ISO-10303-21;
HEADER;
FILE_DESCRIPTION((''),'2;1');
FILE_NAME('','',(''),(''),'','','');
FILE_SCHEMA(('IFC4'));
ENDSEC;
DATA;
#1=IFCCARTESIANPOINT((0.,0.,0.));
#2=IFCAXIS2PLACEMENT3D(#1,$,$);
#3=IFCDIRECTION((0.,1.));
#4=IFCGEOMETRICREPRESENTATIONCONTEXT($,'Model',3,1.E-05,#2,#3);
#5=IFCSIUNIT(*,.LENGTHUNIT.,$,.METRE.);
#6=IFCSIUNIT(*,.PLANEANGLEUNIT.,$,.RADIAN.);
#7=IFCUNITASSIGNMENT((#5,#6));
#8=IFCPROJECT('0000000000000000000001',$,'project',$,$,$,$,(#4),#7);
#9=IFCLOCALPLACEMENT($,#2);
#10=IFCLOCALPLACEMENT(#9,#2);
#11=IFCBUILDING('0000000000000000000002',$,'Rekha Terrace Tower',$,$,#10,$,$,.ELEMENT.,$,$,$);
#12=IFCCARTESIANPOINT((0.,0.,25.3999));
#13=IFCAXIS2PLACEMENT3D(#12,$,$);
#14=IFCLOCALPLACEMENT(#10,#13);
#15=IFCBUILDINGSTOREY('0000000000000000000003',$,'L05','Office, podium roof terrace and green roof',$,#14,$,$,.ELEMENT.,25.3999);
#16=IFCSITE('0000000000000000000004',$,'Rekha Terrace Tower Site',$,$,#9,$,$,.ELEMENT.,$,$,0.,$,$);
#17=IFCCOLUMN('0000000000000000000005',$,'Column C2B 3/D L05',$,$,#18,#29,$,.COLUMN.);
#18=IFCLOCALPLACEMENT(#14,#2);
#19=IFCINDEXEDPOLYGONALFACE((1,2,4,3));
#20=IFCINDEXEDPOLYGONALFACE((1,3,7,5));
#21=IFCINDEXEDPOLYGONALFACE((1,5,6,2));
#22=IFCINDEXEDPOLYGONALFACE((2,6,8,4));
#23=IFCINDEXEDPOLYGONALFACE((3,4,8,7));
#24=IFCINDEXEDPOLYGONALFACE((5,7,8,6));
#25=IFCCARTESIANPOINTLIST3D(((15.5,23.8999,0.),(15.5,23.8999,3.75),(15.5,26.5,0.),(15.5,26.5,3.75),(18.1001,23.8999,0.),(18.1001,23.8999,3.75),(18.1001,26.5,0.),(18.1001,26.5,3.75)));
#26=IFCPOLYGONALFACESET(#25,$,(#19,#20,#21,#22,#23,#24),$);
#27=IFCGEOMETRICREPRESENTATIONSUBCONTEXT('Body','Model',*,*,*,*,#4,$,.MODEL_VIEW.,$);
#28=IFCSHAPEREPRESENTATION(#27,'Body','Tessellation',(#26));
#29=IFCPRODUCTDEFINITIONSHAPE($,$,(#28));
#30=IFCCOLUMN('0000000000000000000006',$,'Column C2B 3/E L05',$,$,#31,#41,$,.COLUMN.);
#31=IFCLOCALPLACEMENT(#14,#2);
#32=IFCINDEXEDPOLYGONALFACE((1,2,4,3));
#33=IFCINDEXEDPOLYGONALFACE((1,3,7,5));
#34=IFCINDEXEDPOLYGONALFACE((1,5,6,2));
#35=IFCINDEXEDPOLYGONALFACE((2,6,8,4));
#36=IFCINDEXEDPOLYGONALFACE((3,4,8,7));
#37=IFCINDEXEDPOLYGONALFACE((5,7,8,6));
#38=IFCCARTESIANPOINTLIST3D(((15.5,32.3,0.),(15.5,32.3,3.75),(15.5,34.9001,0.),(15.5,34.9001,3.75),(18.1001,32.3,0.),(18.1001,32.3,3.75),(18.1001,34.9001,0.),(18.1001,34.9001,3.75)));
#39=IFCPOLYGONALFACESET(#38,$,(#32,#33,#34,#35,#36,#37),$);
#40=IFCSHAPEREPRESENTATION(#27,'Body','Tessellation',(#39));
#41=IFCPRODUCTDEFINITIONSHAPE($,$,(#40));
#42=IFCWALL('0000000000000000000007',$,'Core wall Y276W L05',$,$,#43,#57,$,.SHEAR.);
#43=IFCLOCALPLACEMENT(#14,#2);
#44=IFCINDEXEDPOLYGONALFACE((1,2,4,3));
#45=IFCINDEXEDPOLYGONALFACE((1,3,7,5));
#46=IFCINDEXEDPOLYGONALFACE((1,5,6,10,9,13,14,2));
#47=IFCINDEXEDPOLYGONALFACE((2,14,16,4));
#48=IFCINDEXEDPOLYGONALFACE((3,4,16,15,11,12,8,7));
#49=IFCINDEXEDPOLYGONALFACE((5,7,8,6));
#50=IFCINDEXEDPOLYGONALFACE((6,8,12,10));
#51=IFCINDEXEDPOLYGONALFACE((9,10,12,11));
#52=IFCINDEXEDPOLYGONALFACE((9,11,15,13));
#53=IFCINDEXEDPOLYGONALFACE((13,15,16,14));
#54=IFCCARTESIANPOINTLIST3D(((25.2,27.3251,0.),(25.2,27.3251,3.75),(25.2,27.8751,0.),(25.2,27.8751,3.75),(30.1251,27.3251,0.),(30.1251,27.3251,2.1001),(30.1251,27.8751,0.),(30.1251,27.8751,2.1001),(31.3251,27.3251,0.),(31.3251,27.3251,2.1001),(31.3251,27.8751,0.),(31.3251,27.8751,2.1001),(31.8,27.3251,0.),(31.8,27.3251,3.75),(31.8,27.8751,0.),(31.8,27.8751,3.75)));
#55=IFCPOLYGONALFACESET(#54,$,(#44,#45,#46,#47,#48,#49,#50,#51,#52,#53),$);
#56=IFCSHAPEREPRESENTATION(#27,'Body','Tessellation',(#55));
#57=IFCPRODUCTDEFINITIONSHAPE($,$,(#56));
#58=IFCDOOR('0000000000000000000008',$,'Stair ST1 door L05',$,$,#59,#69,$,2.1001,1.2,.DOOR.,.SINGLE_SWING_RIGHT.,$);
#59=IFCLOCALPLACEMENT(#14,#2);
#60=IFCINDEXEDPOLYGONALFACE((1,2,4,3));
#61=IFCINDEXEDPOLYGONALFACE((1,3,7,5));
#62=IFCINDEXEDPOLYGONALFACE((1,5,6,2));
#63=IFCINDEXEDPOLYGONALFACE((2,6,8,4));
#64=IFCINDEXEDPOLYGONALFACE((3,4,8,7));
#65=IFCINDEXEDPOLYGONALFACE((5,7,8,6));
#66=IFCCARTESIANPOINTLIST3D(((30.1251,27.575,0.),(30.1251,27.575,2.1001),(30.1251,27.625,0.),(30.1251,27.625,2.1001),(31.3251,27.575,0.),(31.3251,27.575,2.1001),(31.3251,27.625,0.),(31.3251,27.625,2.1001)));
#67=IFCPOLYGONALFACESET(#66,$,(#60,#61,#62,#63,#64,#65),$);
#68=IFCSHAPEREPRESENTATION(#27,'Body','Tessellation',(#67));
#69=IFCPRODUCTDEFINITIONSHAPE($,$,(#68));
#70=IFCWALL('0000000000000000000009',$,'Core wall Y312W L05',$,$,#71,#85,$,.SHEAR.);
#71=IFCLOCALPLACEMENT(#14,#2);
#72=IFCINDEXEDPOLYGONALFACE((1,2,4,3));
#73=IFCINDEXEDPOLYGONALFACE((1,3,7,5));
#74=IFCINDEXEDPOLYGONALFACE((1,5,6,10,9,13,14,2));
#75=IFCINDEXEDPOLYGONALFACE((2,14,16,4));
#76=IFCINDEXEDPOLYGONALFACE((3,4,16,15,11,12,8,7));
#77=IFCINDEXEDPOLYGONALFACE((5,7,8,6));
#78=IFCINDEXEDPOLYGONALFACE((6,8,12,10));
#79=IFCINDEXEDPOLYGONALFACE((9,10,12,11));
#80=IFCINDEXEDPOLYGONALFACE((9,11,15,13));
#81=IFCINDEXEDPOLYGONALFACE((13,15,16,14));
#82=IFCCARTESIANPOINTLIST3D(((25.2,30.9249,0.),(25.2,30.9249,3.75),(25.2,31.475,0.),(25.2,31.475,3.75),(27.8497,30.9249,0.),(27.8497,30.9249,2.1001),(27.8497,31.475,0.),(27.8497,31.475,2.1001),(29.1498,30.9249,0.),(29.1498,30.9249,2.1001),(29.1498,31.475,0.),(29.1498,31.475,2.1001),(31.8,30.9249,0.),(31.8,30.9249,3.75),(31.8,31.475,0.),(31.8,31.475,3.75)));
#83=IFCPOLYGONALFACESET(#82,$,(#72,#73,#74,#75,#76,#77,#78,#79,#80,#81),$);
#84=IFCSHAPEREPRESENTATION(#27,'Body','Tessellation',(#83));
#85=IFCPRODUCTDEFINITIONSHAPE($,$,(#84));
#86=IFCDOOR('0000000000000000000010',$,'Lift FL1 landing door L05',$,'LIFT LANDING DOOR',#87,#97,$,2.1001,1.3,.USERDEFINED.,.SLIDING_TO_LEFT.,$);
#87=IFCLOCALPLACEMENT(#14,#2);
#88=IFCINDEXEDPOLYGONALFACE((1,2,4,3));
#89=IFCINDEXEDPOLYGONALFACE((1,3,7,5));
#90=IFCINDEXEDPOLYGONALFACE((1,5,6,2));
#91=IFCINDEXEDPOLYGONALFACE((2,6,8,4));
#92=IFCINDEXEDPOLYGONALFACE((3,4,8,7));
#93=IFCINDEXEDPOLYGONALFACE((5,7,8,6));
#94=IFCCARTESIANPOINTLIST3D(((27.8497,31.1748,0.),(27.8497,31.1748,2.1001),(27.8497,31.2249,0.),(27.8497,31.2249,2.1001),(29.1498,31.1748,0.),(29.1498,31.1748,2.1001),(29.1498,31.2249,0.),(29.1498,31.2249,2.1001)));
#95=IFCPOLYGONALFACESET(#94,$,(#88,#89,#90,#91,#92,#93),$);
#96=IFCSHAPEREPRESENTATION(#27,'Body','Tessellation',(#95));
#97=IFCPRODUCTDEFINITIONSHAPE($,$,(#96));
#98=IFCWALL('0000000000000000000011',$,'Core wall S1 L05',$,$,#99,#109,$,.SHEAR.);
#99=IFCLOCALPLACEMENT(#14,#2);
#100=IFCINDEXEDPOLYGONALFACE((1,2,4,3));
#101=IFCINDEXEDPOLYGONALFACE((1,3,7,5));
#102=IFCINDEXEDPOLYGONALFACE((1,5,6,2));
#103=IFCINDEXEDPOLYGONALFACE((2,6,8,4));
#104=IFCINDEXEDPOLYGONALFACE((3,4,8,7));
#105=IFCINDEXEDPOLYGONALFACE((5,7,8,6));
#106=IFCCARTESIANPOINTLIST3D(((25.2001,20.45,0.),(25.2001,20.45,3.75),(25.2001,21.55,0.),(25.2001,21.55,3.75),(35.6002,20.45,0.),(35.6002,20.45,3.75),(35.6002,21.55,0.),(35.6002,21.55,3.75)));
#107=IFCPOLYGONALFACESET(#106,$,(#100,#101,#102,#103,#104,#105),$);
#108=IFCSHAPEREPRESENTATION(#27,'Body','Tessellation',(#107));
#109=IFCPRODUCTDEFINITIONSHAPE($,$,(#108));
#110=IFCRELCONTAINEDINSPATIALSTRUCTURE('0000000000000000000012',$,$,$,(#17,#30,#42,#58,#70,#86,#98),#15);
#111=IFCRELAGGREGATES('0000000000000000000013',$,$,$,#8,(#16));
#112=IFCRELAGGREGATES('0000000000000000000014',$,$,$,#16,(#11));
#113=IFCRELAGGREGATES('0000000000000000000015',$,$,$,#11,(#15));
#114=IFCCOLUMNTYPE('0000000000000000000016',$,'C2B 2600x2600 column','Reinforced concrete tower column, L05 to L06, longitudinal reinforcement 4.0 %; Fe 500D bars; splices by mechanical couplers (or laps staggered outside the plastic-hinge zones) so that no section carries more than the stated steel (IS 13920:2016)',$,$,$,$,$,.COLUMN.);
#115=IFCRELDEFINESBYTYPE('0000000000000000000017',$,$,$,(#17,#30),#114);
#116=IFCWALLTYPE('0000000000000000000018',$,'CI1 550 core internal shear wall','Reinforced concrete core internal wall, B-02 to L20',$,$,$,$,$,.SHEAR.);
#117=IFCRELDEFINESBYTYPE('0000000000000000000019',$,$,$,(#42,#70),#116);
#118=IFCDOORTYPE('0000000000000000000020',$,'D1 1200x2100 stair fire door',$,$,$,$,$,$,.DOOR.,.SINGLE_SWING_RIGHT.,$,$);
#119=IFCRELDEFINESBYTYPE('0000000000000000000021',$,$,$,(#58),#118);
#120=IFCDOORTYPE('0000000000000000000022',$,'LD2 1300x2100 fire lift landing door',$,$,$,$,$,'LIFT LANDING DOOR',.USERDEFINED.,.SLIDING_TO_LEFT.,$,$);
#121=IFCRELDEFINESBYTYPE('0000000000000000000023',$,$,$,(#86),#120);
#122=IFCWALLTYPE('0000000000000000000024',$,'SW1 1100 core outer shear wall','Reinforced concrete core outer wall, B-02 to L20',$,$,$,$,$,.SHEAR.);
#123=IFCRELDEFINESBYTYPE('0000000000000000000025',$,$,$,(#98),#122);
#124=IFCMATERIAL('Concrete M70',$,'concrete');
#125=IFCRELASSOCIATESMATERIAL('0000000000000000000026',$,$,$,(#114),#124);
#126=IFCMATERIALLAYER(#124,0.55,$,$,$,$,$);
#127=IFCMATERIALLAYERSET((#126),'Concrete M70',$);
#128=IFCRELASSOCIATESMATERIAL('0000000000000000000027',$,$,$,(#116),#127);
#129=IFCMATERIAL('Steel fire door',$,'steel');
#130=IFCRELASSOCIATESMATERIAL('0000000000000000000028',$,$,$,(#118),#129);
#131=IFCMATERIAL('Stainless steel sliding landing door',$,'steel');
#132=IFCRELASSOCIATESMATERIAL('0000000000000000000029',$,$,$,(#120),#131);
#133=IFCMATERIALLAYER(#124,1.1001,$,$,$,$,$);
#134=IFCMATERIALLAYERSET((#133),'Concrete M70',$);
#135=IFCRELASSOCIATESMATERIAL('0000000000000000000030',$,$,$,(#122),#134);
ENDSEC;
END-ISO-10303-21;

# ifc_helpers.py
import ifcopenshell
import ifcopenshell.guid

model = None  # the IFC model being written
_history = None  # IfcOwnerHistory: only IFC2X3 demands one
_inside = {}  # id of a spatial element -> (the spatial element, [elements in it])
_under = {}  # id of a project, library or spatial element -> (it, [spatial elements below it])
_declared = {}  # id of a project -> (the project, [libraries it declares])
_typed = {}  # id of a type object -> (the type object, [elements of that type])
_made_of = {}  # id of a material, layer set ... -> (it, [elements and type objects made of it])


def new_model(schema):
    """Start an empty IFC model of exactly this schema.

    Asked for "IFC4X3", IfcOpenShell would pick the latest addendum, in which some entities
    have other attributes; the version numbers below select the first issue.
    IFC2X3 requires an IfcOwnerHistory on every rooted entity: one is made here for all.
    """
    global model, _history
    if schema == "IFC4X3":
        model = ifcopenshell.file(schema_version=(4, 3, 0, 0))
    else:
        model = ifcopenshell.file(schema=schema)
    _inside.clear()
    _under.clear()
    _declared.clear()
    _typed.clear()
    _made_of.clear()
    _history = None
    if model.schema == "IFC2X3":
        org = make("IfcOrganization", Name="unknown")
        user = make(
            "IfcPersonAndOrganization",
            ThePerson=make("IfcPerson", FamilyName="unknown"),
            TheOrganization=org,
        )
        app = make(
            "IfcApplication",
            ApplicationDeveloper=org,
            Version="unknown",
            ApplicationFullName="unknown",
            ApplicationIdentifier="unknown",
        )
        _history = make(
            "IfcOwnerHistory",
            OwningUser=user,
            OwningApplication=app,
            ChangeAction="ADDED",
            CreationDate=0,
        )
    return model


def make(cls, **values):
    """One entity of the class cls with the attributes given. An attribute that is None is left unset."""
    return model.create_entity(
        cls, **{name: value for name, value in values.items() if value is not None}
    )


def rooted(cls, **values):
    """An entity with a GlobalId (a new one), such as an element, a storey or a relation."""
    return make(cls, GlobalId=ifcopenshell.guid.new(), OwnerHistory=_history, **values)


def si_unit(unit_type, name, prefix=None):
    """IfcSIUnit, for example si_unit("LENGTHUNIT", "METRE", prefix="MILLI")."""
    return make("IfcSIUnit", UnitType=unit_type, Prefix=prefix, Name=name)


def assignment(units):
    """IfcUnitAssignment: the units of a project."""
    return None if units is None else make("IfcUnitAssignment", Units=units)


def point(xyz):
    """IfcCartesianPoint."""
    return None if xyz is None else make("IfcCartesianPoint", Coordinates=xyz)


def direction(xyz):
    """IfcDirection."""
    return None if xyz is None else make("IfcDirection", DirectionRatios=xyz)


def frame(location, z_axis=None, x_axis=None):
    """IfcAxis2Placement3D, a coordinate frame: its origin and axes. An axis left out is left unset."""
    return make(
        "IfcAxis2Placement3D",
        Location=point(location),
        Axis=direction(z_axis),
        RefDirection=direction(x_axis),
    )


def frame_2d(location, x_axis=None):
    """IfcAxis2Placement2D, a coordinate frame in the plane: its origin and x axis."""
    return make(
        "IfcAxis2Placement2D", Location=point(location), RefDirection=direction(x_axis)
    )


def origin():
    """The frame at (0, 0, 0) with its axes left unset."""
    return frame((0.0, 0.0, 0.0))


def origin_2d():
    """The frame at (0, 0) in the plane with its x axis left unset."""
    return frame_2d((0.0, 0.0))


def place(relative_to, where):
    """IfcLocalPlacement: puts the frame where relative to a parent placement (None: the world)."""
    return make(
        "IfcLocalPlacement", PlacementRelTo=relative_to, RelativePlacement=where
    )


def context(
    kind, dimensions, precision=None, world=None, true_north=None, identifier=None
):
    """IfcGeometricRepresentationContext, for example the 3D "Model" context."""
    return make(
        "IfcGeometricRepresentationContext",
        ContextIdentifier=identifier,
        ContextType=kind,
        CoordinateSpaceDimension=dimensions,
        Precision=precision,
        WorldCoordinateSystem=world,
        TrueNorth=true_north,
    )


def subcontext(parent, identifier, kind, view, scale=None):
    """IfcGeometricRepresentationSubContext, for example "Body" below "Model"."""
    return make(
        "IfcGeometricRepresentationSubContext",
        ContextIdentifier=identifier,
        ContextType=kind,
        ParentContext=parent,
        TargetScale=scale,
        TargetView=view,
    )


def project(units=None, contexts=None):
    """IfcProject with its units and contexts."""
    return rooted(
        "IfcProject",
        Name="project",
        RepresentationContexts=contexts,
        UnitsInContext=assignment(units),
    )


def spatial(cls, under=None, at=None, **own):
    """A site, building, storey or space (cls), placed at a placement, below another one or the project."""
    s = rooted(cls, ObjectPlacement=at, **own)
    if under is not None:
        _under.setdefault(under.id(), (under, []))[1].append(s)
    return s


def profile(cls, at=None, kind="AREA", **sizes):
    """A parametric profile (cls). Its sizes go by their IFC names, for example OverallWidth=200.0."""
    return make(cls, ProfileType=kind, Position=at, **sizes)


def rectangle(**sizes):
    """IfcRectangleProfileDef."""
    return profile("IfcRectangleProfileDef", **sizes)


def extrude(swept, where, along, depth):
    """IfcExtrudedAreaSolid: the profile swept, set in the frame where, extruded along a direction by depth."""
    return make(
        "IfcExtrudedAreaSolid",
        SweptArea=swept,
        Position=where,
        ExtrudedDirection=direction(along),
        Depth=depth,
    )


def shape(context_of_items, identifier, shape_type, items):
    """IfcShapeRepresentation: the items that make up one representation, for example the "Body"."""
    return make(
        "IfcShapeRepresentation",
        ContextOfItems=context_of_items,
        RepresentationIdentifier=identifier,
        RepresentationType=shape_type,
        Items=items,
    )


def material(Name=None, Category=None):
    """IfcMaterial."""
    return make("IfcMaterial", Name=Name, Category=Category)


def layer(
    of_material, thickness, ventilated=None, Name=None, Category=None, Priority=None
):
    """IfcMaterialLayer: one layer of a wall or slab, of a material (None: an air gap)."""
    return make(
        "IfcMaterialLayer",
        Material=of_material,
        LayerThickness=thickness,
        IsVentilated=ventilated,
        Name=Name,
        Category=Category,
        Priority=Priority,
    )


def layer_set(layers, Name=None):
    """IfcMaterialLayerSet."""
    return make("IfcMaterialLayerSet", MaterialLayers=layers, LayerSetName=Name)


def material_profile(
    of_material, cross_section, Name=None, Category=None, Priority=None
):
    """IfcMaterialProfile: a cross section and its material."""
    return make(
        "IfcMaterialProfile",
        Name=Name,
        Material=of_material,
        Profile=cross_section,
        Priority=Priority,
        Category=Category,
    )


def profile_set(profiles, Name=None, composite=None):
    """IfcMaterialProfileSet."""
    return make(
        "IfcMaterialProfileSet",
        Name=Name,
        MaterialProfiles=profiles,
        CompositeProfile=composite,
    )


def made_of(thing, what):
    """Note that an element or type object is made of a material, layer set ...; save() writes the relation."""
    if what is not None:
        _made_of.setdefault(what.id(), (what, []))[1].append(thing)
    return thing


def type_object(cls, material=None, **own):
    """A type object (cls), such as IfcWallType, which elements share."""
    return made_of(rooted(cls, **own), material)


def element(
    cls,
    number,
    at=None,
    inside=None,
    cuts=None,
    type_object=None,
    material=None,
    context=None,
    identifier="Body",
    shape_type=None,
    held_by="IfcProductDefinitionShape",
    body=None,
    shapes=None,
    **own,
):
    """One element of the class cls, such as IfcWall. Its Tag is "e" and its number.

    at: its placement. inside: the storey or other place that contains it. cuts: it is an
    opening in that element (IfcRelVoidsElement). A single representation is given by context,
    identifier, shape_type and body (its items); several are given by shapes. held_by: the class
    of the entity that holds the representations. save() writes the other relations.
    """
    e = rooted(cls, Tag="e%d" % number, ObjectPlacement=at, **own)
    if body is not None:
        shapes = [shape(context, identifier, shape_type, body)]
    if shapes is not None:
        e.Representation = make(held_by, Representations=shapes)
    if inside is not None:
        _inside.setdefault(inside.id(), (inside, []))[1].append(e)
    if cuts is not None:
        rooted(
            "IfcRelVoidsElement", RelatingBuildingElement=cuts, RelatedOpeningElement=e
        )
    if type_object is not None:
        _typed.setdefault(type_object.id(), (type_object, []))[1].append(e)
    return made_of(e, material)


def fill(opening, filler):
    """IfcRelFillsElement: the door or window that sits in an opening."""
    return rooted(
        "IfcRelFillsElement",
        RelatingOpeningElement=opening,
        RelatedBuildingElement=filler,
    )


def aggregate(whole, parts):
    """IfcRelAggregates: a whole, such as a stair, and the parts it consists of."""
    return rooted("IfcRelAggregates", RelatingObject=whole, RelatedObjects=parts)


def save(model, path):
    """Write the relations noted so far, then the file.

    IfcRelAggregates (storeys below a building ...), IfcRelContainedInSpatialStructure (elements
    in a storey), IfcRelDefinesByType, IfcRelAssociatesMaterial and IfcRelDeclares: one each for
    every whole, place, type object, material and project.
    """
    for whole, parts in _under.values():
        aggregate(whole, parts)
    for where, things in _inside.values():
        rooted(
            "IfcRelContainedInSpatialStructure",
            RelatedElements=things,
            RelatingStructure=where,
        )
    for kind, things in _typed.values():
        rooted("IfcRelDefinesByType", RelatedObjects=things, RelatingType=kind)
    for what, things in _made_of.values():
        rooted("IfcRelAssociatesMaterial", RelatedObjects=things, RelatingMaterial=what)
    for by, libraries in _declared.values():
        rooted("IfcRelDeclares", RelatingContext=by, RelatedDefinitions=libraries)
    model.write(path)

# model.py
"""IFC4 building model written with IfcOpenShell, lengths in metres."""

from ifc_helpers import new_model, si_unit, direction, frame, frame_2d, origin, origin_2d, place, context, subcontext, project, spatial, rectangle, extrude, material, layer, layer_set, material_profile, profile_set, type_object, element, fill, save


model = new_model("IFC4")

# Units and contexts
model_context = context("Model", 3, precision=1e-05, world=origin(), true_north=direction((0.0, 1.0)))
body_context = subcontext(model_context, "Body", "Model", "MODEL_VIEW")
ifc_project = project(units=[si_unit("LENGTHUNIT", "METRE"), si_unit("PLANEANGLEUNIT", "RADIAN")], contexts=[model_context])

# Site, building, storey
site_placement = place(None, origin())
site = spatial("IfcSite", under=ifc_project, at=site_placement, Name="Rekha Terrace Tower Site", CompositionType="ELEMENT", RefElevation=0.0)
building_placement = place(site_placement, origin())
building = spatial("IfcBuilding", under=site, at=building_placement, Name="Rekha Terrace Tower", CompositionType="ELEMENT")
storey_placement = place(building_placement, frame((0.0, 0.0, 25.3999)))
storey = spatial("IfcBuildingStorey", under=building, at=storey_placement, Name="L05", Description="Office, podium roof terrace and green roof", CompositionType="ELEMENT", Elevation=25.3999)

# Columns
ifc_material_1 = material(Name="Concrete M70", Category="concrete")
ifc_material_profile = material_profile(ifc_material_1, rectangle(XDim=2.6001, YDim=2.6001, at=origin_2d()), Name="RC 2600x2600")
ifc_profile_set = profile_set([ifc_material_profile], Name="Concrete M70")
column_type = type_object("IfcColumnType", Name="C2B 2600x2600 column", Description="Reinforced concrete tower column, L05 to L06, longitudinal reinforcement 4.0 %; Fe 500D bars; splices by mechanical couplers (or laps staggered outside the plastic-hinge zones) so that no section carries more than the stated steel (IS 13920:2016)", PredefinedType="COLUMN", material=ifc_profile_set)
for number, where, z_axis, x_axis, name in (
    (1, (16.8, 25.2, 0.0), (0.0, 0.0, 1.0), (1.0, 0.0, 0.0), "Column C2B 3/D L05"),
    (2, (16.8, 33.6001, 0.0), (0.0, 0.0, 1.0), (1.0, 0.0, 0.0), "Column C2B 3/E L05"),
):
    element("IfcColumn", number, at=place(storey_placement, frame(where, z_axis=z_axis, x_axis=x_axis)), inside=storey, type_object=column_type, Name=name, PredefinedType="COLUMN", context=body_context, shape_type="SweptSolid", body=[
        extrude(rectangle(XDim=2.6001, YDim=2.6001, at=origin_2d()), origin(), (0.0, 0.0, 1.0), 3.75),
    ])

# Walls, openings, doors
ifc_layer_1 = layer(ifc_material_1, 0.55)
ifc_layer_set_1 = layer_set([ifc_layer_1], Name="Concrete M70")
wall_type_1 = type_object("IfcWallType", Name="CI1 550 core internal shear wall", Description="Reinforced concrete core internal wall, B-02 to L20", PredefinedType="SHEAR", material=ifc_layer_set_1)
wall_1_placement = place(storey_placement, frame((25.2, 27.6001, 0.0), z_axis=(0.0, 0.0, 1.0), x_axis=(1.0, 0.0, 0.0)))
wall_1 = element("IfcWall", 3, at=wall_1_placement, inside=storey, type_object=wall_type_1, Name="Core wall Y276W L05", PredefinedType="SHEAR", context=body_context, shape_type="SweptSolid", body=[
    extrude(rectangle(XDim=6.6001, YDim=0.55, at=frame_2d((3.3, 0.0))), origin(), (0.0, 0.0, 1.0), 3.75),
])
opening_1_placement = place(wall_1_placement, frame((4.925, 0.0, 0.0)))
opening_1 = element("IfcOpeningElement", 4, at=opening_1_placement, cuts=wall_1, PredefinedType="OPENING", context=body_context, shape_type="SweptSolid", body=[
    extrude(rectangle(XDim=1.2, YDim=2.1001, at=frame_2d((0.6001, 1.05))), frame((0.0, 0.2849, 0.0), z_axis=(0.0, -1.0, 0.0), x_axis=(1.0, 0.0, 0.0)), (0.0, 0.0, 1.0), 0.5701),
])
ifc_material_2 = material(Name="Steel fire door", Category="steel")
door_type_1 = type_object("IfcDoorType", Name="D1 1200x2100 stair fire door", OperationType="SINGLE_SWING_RIGHT", PredefinedType="DOOR", material=ifc_material_2)
door_1_placement = place(opening_1_placement, origin())
door_1 = element("IfcDoor", 5, at=door_1_placement, inside=storey, type_object=door_type_1, Name="Stair ST1 door L05", OperationType="SINGLE_SWING_RIGHT", OverallHeight=2.1001, OverallWidth=1.2, PredefinedType="DOOR", context=body_context, shape_type="SweptSolid", body=[
    extrude(rectangle(XDim=1.2, YDim=2.1001, at=frame_2d((0.6001, 1.05))), frame((0.0, 0.0249, 0.0), z_axis=(0.0, -1.0, 0.0), x_axis=(1.0, 0.0, 0.0)), (0.0, 0.0, 1.0), 0.05),
])
fill(opening_1, door_1)
wall_2_placement = place(storey_placement, frame((25.2, 31.2, 0.0), z_axis=(0.0, 0.0, 1.0), x_axis=(1.0, 0.0, 0.0)))
wall_2 = element("IfcWall", 6, at=wall_2_placement, inside=storey, type_object=wall_type_1, Name="Core wall Y312W L05", PredefinedType="SHEAR", context=body_context, shape_type="SweptSolid", body=[
    extrude(rectangle(XDim=6.6001, YDim=0.55, at=frame_2d((3.3, 0.0))), origin(), (0.0, 0.0, 1.0), 3.75),
])
opening_2_placement = place(wall_2_placement, frame((2.6499, 0.0, 0.0)))
opening_2 = element("IfcOpeningElement", 7, at=opening_2_placement, cuts=wall_2, PredefinedType="OPENING", context=body_context, shape_type="SweptSolid", body=[
    extrude(rectangle(XDim=1.3, YDim=2.1001, at=frame_2d((0.6499, 1.05))), frame((0.0, 0.2849, 0.0), z_axis=(0.0, -1.0, 0.0), x_axis=(1.0, 0.0, 0.0)), (0.0, 0.0, 1.0), 0.5701),
])
ifc_material_3 = material(Name="Stainless steel sliding landing door", Category="steel")
door_type_2 = type_object("IfcDoorType", Name="LD2 1300x2100 fire lift landing door", ElementType="LIFT LANDING DOOR", OperationType="SLIDING_TO_LEFT", PredefinedType="USERDEFINED", material=ifc_material_3)
door_2_placement = place(opening_2_placement, origin())
door_2 = element("IfcDoor", 8, at=door_2_placement, inside=storey, type_object=door_type_2, Name="Lift FL1 landing door L05", ObjectType="LIFT LANDING DOOR", OperationType="SLIDING_TO_LEFT", OverallHeight=2.1001, OverallWidth=1.3, PredefinedType="USERDEFINED", context=body_context, shape_type="SweptSolid", body=[
    extrude(rectangle(XDim=1.3, YDim=2.1001, at=frame_2d((0.6499, 1.05))), frame((0.0, 0.0249, 0.0), z_axis=(0.0, -1.0, 0.0), x_axis=(1.0, 0.0, 0.0)), (0.0, 0.0, 1.0), 0.05),
])
fill(opening_2, door_2)

# Wall
ifc_layer_2 = layer(ifc_material_1, 1.1001)
ifc_layer_set_2 = layer_set([ifc_layer_2], Name="Concrete M70")
wall_type_2 = type_object("IfcWallType", Name="SW1 1100 core outer shear wall", Description="Reinforced concrete core outer wall, B-02 to L20", PredefinedType="SHEAR", material=ifc_layer_set_2)
wall_3_placement = place(storey_placement, frame((25.2, 21.0, 0.0), z_axis=(0.0, 0.0, 1.0), x_axis=(1.0, 0.0, 0.0)))
element("IfcWall", 9, at=wall_3_placement, inside=storey, type_object=wall_type_2, Name="Core wall S1 L05", PredefinedType="SHEAR", context=body_context, shape_type="SweptSolid", body=[
    extrude(rectangle(XDim=10.4001, YDim=1.1001, at=frame_2d((5.2002, 0.0))), origin(), (0.0, 0.0, 1.0), 3.75),
])

save(model, "model.ifc")
